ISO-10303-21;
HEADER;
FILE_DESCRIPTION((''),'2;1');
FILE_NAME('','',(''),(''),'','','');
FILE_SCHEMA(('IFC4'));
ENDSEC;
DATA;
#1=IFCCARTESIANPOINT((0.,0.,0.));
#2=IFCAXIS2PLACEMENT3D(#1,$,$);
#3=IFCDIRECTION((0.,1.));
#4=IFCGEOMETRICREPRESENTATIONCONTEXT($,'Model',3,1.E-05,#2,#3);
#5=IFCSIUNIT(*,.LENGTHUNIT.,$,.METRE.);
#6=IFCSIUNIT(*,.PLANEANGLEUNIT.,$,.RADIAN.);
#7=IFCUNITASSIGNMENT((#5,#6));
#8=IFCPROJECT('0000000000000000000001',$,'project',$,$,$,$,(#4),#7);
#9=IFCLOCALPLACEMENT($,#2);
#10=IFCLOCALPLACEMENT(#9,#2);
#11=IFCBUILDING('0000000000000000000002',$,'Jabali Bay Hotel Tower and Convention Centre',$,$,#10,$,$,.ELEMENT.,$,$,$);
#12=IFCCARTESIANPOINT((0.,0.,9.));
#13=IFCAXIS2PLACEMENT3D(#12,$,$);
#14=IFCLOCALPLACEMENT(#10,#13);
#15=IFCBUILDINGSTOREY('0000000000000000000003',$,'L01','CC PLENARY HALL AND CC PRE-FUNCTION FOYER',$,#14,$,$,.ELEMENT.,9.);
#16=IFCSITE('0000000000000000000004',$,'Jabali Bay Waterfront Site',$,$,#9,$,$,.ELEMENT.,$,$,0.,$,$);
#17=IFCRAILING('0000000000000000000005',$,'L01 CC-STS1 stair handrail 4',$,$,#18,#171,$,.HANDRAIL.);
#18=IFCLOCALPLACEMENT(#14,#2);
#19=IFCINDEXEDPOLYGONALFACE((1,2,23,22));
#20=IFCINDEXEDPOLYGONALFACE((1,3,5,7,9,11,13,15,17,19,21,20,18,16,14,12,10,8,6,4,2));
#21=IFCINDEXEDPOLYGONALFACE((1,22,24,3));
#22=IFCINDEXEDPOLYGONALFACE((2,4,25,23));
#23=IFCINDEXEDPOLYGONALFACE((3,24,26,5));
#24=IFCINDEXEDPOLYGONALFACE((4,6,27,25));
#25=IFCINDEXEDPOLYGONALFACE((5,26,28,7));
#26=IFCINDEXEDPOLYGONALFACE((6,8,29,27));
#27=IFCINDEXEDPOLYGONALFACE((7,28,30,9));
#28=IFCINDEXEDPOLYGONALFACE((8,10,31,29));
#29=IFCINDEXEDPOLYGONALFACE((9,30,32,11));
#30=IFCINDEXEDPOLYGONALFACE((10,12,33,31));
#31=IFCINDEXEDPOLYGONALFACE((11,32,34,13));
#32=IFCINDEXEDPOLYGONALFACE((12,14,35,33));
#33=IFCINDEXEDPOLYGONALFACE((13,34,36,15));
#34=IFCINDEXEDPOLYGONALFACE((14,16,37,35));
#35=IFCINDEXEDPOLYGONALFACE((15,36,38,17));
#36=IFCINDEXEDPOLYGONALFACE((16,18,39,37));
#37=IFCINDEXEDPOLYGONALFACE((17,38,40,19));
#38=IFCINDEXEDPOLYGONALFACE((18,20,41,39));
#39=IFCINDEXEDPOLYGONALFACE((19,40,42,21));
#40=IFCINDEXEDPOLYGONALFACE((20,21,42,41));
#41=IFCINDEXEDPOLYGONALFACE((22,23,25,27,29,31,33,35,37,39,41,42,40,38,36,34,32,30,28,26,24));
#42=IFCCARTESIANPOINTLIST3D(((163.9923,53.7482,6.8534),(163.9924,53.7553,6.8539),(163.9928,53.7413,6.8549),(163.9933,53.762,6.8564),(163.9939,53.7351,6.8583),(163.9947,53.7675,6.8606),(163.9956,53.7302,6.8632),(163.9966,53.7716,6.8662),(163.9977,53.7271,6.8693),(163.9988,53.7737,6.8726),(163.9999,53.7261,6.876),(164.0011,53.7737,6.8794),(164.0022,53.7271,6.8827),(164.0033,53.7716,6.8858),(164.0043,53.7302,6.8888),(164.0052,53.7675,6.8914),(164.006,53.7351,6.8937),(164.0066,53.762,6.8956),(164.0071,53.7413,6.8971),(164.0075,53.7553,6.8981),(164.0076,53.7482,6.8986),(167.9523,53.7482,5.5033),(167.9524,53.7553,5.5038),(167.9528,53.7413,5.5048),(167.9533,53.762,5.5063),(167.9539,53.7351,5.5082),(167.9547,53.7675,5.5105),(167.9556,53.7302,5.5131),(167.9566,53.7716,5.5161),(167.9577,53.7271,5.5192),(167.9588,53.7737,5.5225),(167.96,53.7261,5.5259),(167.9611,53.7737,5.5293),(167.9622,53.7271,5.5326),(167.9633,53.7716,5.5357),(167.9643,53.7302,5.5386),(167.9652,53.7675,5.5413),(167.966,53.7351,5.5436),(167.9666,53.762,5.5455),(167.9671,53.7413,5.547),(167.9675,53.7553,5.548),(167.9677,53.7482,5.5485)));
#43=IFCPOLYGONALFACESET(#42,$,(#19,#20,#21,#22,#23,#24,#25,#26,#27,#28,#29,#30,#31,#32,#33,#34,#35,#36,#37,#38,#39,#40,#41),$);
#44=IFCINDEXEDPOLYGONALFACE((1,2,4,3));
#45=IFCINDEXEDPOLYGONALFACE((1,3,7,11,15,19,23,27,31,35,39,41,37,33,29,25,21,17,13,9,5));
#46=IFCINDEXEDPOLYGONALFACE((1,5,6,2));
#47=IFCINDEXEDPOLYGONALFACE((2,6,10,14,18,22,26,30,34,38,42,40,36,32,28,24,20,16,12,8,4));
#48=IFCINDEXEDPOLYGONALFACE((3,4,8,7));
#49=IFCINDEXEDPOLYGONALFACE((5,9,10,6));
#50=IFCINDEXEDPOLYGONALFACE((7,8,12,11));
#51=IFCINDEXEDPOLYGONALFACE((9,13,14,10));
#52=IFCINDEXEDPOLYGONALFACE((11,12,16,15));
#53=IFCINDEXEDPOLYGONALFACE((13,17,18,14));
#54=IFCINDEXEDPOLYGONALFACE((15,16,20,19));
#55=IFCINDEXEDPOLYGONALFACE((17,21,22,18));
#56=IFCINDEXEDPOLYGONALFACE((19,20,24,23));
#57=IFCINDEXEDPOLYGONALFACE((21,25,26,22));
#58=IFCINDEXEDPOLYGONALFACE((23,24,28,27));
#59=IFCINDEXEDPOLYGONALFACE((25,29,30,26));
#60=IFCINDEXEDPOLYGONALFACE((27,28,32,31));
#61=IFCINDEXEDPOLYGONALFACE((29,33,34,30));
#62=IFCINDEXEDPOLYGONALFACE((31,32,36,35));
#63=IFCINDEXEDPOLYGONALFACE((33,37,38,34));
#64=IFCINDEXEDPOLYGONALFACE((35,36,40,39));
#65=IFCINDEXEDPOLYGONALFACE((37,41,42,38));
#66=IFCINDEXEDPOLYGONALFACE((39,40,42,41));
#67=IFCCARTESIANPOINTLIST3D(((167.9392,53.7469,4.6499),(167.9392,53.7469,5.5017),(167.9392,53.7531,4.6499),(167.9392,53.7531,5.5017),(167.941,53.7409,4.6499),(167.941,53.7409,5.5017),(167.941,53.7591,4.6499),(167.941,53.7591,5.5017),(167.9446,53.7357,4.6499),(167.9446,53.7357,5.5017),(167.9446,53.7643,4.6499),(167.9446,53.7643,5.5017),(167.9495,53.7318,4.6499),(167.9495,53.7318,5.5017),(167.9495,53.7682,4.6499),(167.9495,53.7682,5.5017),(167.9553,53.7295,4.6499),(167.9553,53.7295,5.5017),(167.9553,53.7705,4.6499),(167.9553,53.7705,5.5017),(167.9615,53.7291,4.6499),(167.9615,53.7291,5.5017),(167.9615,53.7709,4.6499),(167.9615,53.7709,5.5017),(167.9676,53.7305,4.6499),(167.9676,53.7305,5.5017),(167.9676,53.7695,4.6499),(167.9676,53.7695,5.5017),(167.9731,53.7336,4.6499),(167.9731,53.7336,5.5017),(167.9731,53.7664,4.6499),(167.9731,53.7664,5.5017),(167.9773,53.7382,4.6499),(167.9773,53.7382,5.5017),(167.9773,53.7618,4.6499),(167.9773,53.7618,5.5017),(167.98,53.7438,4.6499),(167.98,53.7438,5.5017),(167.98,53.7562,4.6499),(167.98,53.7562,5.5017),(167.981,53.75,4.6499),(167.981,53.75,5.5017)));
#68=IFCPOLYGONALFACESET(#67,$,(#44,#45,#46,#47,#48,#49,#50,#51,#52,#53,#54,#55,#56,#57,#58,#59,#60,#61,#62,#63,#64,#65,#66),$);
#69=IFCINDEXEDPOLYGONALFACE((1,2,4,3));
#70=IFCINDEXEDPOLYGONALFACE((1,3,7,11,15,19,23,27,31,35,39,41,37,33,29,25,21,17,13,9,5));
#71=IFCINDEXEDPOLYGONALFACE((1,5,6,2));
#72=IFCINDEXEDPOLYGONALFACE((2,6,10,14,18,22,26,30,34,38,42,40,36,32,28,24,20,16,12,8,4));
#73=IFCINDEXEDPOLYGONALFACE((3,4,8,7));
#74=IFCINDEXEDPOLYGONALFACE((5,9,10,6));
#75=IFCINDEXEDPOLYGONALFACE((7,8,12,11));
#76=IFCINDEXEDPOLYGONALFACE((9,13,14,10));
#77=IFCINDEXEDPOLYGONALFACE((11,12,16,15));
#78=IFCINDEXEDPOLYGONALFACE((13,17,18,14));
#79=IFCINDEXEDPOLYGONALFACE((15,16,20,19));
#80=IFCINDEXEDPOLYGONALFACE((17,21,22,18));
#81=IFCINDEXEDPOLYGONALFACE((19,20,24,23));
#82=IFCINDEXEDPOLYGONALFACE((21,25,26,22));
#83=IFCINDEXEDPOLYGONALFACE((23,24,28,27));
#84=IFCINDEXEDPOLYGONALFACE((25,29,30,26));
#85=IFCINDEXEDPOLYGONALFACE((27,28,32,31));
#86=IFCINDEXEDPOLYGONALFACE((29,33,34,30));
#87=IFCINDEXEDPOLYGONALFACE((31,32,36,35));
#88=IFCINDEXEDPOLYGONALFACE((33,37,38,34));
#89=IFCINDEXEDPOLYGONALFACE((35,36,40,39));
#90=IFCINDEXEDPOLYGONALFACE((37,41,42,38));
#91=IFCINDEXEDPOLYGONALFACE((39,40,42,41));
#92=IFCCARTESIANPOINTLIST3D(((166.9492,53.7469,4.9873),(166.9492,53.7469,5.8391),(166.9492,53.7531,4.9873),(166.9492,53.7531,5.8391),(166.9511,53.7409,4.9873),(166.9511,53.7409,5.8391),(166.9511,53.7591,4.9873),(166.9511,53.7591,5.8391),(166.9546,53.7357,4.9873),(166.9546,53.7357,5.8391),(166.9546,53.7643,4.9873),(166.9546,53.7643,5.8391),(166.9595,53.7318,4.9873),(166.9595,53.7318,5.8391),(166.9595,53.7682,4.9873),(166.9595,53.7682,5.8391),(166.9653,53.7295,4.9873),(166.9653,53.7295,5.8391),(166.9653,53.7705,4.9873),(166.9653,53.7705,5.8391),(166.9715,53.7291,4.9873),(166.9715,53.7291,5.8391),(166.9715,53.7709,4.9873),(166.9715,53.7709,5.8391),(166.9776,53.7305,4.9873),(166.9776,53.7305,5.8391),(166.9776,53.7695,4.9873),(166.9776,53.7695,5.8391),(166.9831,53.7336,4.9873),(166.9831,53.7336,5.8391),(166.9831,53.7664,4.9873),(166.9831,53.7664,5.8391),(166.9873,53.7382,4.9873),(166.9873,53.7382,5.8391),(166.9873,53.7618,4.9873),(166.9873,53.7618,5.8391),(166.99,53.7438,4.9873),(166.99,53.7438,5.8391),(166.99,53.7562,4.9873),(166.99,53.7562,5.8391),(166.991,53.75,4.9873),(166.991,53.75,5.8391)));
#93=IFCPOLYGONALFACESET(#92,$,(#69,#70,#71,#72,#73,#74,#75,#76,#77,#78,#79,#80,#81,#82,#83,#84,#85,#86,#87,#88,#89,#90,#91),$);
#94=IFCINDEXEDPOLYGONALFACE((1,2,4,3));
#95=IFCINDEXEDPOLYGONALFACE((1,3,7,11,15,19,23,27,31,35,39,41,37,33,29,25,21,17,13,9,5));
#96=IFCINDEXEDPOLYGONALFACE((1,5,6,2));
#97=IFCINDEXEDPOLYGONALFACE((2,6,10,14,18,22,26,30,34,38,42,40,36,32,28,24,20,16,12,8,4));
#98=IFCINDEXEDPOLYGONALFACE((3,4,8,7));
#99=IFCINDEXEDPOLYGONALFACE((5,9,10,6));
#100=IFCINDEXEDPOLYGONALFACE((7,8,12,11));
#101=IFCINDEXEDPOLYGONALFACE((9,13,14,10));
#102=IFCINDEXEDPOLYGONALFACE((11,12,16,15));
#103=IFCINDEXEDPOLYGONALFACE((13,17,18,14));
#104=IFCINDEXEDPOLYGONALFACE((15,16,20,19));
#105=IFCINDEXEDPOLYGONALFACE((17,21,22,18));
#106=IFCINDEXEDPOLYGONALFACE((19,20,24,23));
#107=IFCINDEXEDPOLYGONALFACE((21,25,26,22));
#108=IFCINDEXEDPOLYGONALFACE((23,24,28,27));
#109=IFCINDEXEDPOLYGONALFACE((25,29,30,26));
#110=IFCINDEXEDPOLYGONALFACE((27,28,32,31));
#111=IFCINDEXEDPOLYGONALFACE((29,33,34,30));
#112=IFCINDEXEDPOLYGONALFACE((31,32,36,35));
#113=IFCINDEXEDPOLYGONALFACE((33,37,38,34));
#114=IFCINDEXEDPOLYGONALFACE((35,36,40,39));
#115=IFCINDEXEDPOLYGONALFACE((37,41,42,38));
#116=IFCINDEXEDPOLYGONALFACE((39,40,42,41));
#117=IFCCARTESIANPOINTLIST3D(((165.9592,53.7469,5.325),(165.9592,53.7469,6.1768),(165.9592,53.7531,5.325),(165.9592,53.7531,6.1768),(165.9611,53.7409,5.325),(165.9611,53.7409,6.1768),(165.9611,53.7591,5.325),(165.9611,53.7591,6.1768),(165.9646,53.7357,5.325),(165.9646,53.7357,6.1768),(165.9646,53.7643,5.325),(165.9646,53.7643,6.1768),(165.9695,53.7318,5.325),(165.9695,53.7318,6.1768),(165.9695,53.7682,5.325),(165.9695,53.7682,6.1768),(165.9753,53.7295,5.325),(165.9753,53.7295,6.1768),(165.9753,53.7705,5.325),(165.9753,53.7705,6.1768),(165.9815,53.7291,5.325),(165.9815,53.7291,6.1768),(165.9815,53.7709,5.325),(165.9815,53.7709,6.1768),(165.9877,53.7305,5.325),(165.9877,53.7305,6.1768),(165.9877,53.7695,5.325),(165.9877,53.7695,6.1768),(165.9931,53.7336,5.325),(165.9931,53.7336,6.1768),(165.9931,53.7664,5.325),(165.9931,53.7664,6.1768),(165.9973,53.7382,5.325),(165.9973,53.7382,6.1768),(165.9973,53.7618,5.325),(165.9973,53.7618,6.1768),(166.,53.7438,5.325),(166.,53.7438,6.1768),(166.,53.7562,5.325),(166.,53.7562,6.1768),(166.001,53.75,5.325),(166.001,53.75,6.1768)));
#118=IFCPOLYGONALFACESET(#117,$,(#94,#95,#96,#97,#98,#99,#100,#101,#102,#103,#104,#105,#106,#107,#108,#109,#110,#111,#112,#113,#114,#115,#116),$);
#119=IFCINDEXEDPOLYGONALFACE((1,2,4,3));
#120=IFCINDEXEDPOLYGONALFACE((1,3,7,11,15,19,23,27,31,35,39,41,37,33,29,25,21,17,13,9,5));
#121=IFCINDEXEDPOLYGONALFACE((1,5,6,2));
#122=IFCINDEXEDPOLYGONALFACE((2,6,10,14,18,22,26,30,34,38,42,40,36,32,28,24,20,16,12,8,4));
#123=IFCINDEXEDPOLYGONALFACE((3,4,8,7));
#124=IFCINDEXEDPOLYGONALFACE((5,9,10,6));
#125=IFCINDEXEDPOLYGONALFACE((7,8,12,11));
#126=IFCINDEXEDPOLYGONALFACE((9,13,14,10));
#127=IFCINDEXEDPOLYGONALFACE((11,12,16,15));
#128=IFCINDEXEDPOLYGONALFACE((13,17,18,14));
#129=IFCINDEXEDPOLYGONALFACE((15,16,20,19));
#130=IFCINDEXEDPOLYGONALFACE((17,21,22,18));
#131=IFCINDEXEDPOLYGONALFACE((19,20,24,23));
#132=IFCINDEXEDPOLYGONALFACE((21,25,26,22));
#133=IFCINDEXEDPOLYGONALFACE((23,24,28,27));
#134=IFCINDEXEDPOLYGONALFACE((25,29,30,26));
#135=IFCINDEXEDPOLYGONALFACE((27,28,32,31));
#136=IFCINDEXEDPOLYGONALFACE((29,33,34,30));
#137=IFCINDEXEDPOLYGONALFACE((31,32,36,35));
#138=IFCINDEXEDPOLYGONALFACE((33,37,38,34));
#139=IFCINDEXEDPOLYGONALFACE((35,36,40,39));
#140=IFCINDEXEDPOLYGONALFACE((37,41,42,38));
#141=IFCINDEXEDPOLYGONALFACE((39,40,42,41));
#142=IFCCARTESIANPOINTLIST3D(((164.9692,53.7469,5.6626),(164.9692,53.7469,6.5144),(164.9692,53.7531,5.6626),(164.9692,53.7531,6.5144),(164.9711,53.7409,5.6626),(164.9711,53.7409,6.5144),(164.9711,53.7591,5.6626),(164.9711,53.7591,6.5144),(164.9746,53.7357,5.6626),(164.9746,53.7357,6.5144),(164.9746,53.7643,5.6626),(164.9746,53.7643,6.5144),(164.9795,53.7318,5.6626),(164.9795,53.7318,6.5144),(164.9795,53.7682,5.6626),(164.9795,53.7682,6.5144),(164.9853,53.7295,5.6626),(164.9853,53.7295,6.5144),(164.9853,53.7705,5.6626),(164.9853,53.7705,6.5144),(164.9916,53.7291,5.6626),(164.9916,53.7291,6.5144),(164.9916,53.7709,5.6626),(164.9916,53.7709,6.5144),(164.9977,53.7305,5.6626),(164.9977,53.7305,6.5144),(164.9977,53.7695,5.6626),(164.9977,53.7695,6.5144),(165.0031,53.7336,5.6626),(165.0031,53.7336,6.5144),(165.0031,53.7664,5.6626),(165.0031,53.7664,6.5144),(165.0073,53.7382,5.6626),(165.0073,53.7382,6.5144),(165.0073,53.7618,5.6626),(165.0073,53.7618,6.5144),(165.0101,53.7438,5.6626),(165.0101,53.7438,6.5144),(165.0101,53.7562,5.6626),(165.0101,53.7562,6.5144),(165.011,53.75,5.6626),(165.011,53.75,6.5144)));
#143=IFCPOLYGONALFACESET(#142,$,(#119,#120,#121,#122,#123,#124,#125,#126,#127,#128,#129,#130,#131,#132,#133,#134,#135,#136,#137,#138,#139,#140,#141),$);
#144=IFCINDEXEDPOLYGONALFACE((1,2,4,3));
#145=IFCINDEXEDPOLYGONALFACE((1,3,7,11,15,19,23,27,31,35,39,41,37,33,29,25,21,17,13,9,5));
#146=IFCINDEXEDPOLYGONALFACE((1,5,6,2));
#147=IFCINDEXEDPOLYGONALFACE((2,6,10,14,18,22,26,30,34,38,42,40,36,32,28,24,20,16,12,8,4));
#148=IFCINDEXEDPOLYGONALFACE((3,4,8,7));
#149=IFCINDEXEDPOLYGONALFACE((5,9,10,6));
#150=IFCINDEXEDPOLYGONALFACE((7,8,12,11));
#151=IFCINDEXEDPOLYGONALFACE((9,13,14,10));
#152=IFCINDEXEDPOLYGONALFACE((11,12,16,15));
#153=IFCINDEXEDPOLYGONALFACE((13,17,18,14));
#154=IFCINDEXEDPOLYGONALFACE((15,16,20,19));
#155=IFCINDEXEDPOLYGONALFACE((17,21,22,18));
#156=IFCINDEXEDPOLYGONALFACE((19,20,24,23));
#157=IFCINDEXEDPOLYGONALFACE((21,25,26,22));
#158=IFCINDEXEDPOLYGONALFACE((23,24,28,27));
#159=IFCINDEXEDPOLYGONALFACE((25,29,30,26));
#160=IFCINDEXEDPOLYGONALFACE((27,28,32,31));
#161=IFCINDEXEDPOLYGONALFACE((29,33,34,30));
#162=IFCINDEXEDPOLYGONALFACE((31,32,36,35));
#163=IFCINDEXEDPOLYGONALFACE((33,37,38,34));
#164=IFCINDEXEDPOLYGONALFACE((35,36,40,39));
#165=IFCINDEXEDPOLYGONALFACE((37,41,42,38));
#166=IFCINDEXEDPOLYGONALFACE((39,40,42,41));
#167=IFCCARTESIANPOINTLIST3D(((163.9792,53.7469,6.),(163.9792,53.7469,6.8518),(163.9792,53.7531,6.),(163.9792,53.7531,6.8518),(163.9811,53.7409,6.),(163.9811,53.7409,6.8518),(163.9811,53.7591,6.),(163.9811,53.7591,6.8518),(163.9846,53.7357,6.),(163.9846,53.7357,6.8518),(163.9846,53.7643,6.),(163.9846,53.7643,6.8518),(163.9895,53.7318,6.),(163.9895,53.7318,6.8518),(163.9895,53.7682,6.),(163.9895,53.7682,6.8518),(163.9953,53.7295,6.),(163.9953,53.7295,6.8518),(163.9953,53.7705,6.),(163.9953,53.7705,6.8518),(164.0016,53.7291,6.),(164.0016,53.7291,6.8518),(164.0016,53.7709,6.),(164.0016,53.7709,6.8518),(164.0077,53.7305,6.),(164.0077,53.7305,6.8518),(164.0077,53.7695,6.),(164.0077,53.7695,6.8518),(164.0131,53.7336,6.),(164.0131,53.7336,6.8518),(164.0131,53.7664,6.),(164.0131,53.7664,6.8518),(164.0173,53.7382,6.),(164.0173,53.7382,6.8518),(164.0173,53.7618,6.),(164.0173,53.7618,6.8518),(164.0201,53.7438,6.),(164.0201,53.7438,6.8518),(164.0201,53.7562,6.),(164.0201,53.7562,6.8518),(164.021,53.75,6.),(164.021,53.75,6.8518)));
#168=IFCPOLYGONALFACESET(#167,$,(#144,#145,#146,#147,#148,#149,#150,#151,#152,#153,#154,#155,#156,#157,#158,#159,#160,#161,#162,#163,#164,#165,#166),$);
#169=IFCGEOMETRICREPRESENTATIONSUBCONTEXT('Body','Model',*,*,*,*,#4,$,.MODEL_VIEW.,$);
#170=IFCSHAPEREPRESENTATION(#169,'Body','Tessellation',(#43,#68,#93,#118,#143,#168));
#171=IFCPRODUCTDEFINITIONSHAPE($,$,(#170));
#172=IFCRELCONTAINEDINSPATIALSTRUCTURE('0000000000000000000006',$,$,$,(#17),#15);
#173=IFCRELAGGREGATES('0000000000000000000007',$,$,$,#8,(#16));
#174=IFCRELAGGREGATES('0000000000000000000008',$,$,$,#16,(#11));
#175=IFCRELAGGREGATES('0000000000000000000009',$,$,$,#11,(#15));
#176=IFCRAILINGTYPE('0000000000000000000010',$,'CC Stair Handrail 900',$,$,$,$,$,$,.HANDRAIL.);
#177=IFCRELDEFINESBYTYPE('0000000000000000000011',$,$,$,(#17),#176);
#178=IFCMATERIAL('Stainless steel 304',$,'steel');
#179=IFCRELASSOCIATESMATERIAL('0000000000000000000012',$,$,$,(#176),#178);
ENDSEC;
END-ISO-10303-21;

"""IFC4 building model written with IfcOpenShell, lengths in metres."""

from ifc_helpers import new_model, si_unit, direction, frame, origin, origin_2d, place, context, subcontext, project, spatial, circle, extrude, material, type_object, element, save


model = new_model("IFC4")

# Units and contexts
model_context = context("Model", 3, precision=1e-05, world=origin(), true_north=direction((0.0, 1.0)))
body_context = subcontext(model_context, "Body", "Model", "MODEL_VIEW")
ifc_project = project(units=[si_unit("LENGTHUNIT", "METRE"), si_unit("PLANEANGLEUNIT", "RADIAN")], contexts=[model_context])

# Site, building, storey
site_placement = place(None, origin())
site = spatial("IfcSite", under=ifc_project, at=site_placement, Name="Jabali Bay Waterfront Site", CompositionType="ELEMENT", RefElevation=0.0)
building_placement = place(site_placement, origin())
building = spatial("IfcBuilding", under=site, at=building_placement, Name="Jabali Bay Hotel Tower and Convention Centre", CompositionType="ELEMENT")
storey_placement = place(building_placement, frame((0.0, 0.0, 9.0)))
storey = spatial("IfcBuildingStorey", under=building, at=storey_placement, Name="L01", Description="CC PLENARY HALL AND CC PRE-FUNCTION FOYER", CompositionType="ELEMENT", Elevation=9.0)

# Railing
ifc_material_1 = material(Name="Stainless steel 304", Category="steel")
railing_type_1 = type_object("IfcRailingType", Name="CC Stair Handrail 900", PredefinedType="HANDRAIL", material=ifc_material_1)
for number, where, name in (
    (1, (167.96, 53.75, 4.6499), "L01 CC-STS1 stair handrail 4"),
):
    element("IfcRailing", number, at=place(storey_placement, frame(where)), inside=storey, type_object=railing_type_1, Name=name, PredefinedType="HANDRAIL", context=body_context, shape_type="SweptSolid", body=[
        extrude(circle(Radius=0.0239, at=origin_2d()), frame((0.0, 0.0, 0.876), z_axis=(-0.946502, 0.0, 0.322698), x_axis=(0.0, -1.0, 0.0)), (0.0, 0.0, 1.0), 4.1838),
        extrude(circle(Radius=0.021, at=origin_2d()), origin(), (0.0, 0.0, 1.0), 0.8518),
        extrude(circle(Radius=0.021, at=origin_2d()), frame((-0.99, 0.0, 0.3374)), (0.0, 0.0, 1.0), 0.8518),
        extrude(circle(Radius=0.021, at=origin_2d()), frame((-1.98, 0.0, 0.675)), (0.0, 0.0, 1.0), 0.8518),
        extrude(circle(Radius=0.021, at=origin_2d()), frame((-2.97, 0.0, 1.0127)), (0.0, 0.0, 1.0), 0.8518),
        extrude(circle(Radius=0.021, at=origin_2d()), frame((-3.96, 0.0, 1.3501)), (0.0, 0.0, 1.0), 0.8518),
    ])

save(model, "model.ifc")
